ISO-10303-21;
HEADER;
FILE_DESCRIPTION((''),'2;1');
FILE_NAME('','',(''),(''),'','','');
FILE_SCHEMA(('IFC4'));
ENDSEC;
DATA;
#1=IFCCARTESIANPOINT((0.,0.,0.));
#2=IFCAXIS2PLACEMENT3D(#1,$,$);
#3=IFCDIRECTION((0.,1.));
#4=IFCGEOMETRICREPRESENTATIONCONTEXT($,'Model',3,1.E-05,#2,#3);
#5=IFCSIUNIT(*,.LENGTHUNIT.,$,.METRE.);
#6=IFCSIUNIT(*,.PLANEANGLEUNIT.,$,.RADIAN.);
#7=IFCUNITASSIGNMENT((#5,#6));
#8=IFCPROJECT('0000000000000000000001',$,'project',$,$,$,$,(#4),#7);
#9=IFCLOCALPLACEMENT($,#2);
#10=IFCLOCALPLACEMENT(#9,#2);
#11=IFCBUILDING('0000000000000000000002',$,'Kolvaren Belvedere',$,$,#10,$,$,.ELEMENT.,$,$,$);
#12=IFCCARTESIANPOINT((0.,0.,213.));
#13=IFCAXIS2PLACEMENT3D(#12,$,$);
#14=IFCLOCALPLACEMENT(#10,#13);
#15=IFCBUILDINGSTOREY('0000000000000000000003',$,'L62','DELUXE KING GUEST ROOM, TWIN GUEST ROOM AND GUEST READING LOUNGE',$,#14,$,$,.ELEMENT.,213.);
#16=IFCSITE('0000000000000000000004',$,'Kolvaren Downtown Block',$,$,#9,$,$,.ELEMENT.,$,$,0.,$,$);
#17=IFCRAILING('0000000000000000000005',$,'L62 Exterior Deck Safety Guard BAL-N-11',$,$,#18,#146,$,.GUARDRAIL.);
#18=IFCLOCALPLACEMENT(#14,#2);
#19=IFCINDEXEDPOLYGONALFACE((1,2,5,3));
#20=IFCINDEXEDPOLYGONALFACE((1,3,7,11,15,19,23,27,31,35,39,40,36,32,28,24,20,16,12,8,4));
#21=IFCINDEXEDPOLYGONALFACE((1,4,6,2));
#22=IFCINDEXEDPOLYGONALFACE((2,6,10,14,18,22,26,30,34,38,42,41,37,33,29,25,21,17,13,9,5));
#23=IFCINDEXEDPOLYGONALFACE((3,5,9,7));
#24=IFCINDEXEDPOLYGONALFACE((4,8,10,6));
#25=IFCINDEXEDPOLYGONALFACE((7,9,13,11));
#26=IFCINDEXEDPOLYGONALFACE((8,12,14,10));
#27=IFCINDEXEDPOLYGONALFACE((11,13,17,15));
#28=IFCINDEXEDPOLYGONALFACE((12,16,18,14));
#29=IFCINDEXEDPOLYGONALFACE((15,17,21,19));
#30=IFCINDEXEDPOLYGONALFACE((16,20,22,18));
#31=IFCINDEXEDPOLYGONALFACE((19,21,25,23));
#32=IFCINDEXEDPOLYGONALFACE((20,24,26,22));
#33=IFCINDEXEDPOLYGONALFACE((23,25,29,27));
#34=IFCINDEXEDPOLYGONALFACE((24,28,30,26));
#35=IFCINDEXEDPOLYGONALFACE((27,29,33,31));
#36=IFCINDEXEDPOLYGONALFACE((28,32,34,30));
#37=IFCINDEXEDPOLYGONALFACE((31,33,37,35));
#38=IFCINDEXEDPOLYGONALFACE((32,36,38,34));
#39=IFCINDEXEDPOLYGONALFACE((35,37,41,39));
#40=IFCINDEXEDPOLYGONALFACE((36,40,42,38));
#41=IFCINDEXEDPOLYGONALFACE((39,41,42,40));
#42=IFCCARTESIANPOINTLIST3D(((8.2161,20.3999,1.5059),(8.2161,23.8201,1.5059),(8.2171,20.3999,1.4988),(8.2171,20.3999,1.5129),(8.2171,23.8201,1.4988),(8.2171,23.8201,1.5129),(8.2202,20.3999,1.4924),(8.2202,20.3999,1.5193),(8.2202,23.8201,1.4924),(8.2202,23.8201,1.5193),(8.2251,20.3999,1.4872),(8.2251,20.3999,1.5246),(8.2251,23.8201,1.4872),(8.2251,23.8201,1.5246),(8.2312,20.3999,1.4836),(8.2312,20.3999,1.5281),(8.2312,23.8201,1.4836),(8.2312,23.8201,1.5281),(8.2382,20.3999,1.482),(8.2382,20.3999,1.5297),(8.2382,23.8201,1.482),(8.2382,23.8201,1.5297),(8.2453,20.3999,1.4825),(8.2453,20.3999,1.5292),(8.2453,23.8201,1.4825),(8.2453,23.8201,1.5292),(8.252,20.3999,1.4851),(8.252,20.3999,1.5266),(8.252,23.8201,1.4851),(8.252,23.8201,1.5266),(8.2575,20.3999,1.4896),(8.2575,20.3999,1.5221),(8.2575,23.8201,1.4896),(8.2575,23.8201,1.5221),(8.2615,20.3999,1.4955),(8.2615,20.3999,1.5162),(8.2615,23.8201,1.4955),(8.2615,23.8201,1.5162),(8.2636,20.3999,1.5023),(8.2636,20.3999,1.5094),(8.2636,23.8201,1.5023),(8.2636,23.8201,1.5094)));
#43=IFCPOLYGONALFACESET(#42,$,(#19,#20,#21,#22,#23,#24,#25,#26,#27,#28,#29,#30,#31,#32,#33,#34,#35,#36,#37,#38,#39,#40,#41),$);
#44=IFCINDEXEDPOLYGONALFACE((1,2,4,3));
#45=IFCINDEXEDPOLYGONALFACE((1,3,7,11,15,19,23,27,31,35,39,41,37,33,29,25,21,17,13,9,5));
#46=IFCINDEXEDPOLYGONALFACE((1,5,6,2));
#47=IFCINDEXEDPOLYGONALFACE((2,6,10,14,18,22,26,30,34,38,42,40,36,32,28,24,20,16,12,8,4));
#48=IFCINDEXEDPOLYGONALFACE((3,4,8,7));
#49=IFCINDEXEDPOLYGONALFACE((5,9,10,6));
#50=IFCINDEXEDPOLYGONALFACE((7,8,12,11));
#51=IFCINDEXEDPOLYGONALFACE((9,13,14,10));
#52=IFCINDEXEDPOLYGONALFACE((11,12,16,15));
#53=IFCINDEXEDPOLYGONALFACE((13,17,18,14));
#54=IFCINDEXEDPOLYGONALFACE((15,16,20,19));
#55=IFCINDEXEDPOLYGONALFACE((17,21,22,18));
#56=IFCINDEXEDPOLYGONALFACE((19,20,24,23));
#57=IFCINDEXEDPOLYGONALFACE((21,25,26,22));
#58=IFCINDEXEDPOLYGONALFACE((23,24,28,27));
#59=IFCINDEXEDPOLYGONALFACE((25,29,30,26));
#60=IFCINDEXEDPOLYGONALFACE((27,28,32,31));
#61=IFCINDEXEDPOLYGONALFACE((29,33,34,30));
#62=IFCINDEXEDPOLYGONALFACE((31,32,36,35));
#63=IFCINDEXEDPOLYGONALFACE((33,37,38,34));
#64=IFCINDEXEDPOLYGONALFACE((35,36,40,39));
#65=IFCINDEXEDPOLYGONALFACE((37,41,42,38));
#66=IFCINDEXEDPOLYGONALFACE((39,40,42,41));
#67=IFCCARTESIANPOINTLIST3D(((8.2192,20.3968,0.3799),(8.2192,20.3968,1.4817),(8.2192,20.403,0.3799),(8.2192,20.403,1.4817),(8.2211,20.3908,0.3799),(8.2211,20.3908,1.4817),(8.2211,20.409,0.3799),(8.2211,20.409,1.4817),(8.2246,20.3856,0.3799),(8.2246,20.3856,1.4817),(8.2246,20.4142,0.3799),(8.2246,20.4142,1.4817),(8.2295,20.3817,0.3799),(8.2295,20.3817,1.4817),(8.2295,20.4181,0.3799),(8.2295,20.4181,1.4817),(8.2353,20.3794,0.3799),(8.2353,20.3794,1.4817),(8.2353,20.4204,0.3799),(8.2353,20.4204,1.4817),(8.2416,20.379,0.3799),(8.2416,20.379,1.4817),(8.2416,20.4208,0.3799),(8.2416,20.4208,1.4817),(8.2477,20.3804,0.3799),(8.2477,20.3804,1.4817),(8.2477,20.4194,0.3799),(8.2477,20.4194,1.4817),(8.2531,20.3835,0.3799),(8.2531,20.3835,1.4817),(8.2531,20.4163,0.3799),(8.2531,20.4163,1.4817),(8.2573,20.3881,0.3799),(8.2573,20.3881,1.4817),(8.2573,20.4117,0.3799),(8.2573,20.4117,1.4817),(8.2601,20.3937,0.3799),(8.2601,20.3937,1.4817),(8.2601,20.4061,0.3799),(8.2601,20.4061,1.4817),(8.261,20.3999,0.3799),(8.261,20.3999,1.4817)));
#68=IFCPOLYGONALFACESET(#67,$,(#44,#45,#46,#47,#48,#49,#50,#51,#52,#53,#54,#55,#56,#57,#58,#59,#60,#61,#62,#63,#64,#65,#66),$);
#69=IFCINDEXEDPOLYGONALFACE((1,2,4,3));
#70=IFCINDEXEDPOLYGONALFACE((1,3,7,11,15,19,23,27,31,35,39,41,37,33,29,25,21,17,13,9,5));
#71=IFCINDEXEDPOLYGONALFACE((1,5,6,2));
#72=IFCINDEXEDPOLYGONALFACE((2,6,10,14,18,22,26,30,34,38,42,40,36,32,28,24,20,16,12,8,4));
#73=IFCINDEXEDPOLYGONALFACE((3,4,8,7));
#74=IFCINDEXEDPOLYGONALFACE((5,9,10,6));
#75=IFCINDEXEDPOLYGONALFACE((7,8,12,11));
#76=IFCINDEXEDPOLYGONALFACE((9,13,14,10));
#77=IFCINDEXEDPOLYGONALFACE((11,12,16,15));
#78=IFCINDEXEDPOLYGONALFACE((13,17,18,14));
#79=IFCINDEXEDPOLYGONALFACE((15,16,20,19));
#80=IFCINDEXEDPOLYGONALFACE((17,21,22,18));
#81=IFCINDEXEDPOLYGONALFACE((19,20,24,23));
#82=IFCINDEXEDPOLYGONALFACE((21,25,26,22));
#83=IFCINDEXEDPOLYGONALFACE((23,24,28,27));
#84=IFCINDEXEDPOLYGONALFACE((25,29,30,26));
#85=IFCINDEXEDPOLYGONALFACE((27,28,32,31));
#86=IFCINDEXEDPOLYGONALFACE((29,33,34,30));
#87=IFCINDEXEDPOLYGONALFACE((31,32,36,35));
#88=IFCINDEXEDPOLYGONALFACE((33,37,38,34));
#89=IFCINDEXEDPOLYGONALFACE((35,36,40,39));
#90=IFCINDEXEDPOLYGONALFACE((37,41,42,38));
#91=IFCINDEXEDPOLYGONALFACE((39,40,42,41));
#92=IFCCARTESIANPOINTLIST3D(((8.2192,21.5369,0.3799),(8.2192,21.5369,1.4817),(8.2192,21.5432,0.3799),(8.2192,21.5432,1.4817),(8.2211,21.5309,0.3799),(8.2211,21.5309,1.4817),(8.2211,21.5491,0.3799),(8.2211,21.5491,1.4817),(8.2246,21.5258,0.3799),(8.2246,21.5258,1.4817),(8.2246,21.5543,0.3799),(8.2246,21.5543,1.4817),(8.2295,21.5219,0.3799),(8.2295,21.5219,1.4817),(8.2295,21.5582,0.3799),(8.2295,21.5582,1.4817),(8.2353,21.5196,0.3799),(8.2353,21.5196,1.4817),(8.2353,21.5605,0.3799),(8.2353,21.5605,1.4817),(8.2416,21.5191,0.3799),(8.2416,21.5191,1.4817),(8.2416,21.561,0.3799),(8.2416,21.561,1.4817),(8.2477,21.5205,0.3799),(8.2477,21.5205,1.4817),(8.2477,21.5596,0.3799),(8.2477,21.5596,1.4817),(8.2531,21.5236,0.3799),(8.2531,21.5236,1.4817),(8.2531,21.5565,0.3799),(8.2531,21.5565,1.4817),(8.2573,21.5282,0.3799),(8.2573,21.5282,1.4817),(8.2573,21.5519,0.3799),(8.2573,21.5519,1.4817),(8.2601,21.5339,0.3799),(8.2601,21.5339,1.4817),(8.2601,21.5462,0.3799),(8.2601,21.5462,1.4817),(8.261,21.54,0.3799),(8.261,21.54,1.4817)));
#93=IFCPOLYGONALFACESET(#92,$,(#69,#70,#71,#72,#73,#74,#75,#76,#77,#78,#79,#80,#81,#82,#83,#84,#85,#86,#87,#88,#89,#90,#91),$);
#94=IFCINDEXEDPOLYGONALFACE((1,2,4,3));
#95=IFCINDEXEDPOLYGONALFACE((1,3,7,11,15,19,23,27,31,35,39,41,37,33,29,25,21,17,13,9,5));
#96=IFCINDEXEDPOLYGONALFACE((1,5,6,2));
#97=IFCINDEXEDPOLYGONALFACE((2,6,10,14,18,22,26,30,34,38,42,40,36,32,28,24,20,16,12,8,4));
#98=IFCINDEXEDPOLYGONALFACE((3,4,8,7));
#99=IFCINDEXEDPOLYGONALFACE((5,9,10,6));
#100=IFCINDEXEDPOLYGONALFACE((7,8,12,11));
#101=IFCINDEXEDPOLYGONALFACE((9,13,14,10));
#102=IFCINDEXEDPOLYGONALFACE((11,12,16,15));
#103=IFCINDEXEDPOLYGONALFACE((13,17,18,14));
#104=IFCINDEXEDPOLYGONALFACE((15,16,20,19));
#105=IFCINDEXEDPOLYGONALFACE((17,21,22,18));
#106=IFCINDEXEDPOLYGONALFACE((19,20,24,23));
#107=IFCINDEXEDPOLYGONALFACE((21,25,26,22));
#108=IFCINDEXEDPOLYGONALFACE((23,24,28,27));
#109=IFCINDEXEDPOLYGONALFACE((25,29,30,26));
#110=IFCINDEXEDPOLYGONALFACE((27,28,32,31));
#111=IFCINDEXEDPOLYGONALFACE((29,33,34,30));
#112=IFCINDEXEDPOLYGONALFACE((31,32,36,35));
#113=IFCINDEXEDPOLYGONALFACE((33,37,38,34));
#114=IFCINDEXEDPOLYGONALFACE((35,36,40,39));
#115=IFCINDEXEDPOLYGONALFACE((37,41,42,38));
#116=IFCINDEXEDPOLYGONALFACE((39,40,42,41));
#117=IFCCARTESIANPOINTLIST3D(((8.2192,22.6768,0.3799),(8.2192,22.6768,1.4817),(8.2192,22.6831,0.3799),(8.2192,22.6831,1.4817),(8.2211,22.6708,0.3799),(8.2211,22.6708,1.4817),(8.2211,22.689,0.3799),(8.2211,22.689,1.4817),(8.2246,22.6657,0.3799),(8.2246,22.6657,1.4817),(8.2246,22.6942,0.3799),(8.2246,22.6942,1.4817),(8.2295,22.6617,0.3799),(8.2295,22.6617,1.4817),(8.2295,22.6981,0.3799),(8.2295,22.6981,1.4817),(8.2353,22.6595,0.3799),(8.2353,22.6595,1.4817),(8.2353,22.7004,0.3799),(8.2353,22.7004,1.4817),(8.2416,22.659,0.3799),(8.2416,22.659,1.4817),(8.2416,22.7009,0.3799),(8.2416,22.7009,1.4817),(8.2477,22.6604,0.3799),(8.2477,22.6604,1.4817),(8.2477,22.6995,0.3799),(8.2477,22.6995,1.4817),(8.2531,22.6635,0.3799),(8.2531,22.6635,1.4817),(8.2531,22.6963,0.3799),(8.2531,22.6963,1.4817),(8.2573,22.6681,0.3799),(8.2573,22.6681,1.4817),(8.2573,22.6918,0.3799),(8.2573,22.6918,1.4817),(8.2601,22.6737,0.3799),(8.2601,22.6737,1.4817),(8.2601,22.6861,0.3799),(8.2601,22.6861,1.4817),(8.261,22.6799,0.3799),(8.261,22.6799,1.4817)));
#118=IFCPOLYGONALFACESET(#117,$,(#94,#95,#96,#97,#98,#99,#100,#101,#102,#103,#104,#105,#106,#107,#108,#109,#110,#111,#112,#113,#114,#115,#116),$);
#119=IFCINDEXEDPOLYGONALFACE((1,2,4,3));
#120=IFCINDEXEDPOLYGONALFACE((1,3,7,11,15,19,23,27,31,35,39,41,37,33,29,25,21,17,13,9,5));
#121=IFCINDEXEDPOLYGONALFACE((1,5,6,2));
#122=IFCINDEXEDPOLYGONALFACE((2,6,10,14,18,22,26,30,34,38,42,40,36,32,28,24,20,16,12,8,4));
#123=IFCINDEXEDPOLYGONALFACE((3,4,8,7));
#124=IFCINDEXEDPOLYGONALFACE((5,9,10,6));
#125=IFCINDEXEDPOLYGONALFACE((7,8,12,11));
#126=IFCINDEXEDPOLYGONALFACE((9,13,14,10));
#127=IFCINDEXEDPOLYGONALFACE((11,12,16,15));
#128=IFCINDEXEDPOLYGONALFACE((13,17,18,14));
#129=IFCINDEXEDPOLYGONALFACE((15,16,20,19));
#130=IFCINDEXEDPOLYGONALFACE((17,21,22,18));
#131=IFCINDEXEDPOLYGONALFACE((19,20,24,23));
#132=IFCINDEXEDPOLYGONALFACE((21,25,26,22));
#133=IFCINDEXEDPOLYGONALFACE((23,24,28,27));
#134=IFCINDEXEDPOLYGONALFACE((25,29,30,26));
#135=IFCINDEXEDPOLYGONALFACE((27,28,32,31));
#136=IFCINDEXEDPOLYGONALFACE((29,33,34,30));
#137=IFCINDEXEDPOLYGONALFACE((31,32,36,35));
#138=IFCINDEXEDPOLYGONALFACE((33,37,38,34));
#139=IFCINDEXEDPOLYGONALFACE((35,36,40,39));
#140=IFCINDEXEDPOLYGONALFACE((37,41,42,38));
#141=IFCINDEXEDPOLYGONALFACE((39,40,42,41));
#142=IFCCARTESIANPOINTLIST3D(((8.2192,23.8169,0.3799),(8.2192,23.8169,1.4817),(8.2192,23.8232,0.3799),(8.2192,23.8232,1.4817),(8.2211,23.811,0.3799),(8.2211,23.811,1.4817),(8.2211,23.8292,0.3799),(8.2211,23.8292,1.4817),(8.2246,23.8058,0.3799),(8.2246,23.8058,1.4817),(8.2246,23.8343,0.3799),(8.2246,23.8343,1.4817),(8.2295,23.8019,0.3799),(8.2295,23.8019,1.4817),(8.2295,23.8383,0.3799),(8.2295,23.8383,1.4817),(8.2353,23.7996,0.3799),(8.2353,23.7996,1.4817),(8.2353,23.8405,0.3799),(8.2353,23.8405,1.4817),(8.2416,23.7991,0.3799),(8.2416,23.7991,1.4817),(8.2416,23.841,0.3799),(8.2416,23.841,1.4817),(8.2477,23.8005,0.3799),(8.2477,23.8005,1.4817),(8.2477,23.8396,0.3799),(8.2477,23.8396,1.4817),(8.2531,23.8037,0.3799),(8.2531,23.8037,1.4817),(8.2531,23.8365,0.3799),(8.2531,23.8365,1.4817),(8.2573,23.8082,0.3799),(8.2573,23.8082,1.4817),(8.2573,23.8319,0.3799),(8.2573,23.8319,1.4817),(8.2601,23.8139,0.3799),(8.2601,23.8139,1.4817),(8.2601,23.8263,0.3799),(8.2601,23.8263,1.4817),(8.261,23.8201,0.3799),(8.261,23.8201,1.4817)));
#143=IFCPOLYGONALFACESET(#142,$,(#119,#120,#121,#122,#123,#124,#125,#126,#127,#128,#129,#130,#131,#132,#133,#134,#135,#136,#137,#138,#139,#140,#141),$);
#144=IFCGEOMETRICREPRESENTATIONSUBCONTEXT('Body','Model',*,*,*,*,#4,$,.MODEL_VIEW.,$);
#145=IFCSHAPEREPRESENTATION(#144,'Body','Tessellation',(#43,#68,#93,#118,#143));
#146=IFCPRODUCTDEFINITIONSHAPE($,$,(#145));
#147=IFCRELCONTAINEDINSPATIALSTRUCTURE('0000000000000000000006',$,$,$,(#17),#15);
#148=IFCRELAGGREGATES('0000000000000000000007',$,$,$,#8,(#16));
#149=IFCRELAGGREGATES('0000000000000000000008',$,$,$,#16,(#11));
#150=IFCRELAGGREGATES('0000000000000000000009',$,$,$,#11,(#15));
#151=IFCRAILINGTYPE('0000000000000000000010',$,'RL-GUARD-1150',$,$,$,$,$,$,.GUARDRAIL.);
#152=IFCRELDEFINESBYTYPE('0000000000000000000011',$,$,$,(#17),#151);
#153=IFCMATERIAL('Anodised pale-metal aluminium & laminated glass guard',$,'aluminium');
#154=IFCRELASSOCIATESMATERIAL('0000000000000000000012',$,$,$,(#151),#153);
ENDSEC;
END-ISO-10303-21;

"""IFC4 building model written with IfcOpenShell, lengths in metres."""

from ifc_helpers import new_model, si_unit, direction, frame, origin, origin_2d, place, context, subcontext, project, spatial, circle, extrude, material, type_object, element, save


model = new_model("IFC4")

# Units and contexts
model_context = context("Model", 3, precision=1e-05, world=origin(), true_north=direction((0.0, 1.0)))
body_context = subcontext(model_context, "Body", "Model", "MODEL_VIEW")
ifc_project = project(units=[si_unit("LENGTHUNIT", "METRE"), si_unit("PLANEANGLEUNIT", "RADIAN")], contexts=[model_context])

# Site, building, storey
site_placement = place(None, origin())
site = spatial("IfcSite", under=ifc_project, at=site_placement, Name="Kolvaren Downtown Block", CompositionType="ELEMENT", RefElevation=0.0)
building_placement = place(site_placement, origin())
building = spatial("IfcBuilding", under=site, at=building_placement, Name="Kolvaren Belvedere", CompositionType="ELEMENT")
storey_placement = place(building_placement, frame((0.0, 0.0, 213.0)))
storey = spatial("IfcBuildingStorey", under=building, at=storey_placement, Name="L62", Description="DELUXE KING GUEST ROOM, TWIN GUEST ROOM AND GUEST READING LOUNGE", CompositionType="ELEMENT", Elevation=213.0)

# Railing
ifc_material_1 = material(Name="Anodised pale-metal aluminium & laminated glass guard", Category="aluminium")
railing_type = type_object("IfcRailingType", Name="RL-GUARD-1150", PredefinedType="GUARDRAIL", material=ifc_material_1)
railing_1_placement = place(storey_placement, frame((8.24, 20.3999, 0.3799)))
element("IfcRailing", 1, at=railing_1_placement, inside=storey, type_object=railing_type, Name="L62 Exterior Deck Safety Guard BAL-N-11", PredefinedType="GUARDRAIL", context=body_context, shape_type="SweptSolid", body=[
    extrude(circle(Radius=0.0239, at=origin_2d()), frame((0.0, 0.0, 1.126), z_axis=(0.0, 1.0, 0.0), x_axis=(-1.0, 0.0, 0.0)), (0.0, 0.0, 1.0), 3.4202),
    extrude(circle(Radius=0.021, at=origin_2d()), origin(), (0.0, 0.0, 1.0), 1.1018),
    extrude(circle(Radius=0.021, at=origin_2d()), frame((0.0, 1.1401, 0.0)), (0.0, 0.0, 1.0), 1.1018),
    extrude(circle(Radius=0.021, at=origin_2d()), frame((0.0, 2.28, 0.0)), (0.0, 0.0, 1.0), 1.1018),
    extrude(circle(Radius=0.021, at=origin_2d()), frame((0.0, 3.4202, 0.0)), (0.0, 0.0, 1.0), 1.1018),
])

save(model, "model.ifc")
